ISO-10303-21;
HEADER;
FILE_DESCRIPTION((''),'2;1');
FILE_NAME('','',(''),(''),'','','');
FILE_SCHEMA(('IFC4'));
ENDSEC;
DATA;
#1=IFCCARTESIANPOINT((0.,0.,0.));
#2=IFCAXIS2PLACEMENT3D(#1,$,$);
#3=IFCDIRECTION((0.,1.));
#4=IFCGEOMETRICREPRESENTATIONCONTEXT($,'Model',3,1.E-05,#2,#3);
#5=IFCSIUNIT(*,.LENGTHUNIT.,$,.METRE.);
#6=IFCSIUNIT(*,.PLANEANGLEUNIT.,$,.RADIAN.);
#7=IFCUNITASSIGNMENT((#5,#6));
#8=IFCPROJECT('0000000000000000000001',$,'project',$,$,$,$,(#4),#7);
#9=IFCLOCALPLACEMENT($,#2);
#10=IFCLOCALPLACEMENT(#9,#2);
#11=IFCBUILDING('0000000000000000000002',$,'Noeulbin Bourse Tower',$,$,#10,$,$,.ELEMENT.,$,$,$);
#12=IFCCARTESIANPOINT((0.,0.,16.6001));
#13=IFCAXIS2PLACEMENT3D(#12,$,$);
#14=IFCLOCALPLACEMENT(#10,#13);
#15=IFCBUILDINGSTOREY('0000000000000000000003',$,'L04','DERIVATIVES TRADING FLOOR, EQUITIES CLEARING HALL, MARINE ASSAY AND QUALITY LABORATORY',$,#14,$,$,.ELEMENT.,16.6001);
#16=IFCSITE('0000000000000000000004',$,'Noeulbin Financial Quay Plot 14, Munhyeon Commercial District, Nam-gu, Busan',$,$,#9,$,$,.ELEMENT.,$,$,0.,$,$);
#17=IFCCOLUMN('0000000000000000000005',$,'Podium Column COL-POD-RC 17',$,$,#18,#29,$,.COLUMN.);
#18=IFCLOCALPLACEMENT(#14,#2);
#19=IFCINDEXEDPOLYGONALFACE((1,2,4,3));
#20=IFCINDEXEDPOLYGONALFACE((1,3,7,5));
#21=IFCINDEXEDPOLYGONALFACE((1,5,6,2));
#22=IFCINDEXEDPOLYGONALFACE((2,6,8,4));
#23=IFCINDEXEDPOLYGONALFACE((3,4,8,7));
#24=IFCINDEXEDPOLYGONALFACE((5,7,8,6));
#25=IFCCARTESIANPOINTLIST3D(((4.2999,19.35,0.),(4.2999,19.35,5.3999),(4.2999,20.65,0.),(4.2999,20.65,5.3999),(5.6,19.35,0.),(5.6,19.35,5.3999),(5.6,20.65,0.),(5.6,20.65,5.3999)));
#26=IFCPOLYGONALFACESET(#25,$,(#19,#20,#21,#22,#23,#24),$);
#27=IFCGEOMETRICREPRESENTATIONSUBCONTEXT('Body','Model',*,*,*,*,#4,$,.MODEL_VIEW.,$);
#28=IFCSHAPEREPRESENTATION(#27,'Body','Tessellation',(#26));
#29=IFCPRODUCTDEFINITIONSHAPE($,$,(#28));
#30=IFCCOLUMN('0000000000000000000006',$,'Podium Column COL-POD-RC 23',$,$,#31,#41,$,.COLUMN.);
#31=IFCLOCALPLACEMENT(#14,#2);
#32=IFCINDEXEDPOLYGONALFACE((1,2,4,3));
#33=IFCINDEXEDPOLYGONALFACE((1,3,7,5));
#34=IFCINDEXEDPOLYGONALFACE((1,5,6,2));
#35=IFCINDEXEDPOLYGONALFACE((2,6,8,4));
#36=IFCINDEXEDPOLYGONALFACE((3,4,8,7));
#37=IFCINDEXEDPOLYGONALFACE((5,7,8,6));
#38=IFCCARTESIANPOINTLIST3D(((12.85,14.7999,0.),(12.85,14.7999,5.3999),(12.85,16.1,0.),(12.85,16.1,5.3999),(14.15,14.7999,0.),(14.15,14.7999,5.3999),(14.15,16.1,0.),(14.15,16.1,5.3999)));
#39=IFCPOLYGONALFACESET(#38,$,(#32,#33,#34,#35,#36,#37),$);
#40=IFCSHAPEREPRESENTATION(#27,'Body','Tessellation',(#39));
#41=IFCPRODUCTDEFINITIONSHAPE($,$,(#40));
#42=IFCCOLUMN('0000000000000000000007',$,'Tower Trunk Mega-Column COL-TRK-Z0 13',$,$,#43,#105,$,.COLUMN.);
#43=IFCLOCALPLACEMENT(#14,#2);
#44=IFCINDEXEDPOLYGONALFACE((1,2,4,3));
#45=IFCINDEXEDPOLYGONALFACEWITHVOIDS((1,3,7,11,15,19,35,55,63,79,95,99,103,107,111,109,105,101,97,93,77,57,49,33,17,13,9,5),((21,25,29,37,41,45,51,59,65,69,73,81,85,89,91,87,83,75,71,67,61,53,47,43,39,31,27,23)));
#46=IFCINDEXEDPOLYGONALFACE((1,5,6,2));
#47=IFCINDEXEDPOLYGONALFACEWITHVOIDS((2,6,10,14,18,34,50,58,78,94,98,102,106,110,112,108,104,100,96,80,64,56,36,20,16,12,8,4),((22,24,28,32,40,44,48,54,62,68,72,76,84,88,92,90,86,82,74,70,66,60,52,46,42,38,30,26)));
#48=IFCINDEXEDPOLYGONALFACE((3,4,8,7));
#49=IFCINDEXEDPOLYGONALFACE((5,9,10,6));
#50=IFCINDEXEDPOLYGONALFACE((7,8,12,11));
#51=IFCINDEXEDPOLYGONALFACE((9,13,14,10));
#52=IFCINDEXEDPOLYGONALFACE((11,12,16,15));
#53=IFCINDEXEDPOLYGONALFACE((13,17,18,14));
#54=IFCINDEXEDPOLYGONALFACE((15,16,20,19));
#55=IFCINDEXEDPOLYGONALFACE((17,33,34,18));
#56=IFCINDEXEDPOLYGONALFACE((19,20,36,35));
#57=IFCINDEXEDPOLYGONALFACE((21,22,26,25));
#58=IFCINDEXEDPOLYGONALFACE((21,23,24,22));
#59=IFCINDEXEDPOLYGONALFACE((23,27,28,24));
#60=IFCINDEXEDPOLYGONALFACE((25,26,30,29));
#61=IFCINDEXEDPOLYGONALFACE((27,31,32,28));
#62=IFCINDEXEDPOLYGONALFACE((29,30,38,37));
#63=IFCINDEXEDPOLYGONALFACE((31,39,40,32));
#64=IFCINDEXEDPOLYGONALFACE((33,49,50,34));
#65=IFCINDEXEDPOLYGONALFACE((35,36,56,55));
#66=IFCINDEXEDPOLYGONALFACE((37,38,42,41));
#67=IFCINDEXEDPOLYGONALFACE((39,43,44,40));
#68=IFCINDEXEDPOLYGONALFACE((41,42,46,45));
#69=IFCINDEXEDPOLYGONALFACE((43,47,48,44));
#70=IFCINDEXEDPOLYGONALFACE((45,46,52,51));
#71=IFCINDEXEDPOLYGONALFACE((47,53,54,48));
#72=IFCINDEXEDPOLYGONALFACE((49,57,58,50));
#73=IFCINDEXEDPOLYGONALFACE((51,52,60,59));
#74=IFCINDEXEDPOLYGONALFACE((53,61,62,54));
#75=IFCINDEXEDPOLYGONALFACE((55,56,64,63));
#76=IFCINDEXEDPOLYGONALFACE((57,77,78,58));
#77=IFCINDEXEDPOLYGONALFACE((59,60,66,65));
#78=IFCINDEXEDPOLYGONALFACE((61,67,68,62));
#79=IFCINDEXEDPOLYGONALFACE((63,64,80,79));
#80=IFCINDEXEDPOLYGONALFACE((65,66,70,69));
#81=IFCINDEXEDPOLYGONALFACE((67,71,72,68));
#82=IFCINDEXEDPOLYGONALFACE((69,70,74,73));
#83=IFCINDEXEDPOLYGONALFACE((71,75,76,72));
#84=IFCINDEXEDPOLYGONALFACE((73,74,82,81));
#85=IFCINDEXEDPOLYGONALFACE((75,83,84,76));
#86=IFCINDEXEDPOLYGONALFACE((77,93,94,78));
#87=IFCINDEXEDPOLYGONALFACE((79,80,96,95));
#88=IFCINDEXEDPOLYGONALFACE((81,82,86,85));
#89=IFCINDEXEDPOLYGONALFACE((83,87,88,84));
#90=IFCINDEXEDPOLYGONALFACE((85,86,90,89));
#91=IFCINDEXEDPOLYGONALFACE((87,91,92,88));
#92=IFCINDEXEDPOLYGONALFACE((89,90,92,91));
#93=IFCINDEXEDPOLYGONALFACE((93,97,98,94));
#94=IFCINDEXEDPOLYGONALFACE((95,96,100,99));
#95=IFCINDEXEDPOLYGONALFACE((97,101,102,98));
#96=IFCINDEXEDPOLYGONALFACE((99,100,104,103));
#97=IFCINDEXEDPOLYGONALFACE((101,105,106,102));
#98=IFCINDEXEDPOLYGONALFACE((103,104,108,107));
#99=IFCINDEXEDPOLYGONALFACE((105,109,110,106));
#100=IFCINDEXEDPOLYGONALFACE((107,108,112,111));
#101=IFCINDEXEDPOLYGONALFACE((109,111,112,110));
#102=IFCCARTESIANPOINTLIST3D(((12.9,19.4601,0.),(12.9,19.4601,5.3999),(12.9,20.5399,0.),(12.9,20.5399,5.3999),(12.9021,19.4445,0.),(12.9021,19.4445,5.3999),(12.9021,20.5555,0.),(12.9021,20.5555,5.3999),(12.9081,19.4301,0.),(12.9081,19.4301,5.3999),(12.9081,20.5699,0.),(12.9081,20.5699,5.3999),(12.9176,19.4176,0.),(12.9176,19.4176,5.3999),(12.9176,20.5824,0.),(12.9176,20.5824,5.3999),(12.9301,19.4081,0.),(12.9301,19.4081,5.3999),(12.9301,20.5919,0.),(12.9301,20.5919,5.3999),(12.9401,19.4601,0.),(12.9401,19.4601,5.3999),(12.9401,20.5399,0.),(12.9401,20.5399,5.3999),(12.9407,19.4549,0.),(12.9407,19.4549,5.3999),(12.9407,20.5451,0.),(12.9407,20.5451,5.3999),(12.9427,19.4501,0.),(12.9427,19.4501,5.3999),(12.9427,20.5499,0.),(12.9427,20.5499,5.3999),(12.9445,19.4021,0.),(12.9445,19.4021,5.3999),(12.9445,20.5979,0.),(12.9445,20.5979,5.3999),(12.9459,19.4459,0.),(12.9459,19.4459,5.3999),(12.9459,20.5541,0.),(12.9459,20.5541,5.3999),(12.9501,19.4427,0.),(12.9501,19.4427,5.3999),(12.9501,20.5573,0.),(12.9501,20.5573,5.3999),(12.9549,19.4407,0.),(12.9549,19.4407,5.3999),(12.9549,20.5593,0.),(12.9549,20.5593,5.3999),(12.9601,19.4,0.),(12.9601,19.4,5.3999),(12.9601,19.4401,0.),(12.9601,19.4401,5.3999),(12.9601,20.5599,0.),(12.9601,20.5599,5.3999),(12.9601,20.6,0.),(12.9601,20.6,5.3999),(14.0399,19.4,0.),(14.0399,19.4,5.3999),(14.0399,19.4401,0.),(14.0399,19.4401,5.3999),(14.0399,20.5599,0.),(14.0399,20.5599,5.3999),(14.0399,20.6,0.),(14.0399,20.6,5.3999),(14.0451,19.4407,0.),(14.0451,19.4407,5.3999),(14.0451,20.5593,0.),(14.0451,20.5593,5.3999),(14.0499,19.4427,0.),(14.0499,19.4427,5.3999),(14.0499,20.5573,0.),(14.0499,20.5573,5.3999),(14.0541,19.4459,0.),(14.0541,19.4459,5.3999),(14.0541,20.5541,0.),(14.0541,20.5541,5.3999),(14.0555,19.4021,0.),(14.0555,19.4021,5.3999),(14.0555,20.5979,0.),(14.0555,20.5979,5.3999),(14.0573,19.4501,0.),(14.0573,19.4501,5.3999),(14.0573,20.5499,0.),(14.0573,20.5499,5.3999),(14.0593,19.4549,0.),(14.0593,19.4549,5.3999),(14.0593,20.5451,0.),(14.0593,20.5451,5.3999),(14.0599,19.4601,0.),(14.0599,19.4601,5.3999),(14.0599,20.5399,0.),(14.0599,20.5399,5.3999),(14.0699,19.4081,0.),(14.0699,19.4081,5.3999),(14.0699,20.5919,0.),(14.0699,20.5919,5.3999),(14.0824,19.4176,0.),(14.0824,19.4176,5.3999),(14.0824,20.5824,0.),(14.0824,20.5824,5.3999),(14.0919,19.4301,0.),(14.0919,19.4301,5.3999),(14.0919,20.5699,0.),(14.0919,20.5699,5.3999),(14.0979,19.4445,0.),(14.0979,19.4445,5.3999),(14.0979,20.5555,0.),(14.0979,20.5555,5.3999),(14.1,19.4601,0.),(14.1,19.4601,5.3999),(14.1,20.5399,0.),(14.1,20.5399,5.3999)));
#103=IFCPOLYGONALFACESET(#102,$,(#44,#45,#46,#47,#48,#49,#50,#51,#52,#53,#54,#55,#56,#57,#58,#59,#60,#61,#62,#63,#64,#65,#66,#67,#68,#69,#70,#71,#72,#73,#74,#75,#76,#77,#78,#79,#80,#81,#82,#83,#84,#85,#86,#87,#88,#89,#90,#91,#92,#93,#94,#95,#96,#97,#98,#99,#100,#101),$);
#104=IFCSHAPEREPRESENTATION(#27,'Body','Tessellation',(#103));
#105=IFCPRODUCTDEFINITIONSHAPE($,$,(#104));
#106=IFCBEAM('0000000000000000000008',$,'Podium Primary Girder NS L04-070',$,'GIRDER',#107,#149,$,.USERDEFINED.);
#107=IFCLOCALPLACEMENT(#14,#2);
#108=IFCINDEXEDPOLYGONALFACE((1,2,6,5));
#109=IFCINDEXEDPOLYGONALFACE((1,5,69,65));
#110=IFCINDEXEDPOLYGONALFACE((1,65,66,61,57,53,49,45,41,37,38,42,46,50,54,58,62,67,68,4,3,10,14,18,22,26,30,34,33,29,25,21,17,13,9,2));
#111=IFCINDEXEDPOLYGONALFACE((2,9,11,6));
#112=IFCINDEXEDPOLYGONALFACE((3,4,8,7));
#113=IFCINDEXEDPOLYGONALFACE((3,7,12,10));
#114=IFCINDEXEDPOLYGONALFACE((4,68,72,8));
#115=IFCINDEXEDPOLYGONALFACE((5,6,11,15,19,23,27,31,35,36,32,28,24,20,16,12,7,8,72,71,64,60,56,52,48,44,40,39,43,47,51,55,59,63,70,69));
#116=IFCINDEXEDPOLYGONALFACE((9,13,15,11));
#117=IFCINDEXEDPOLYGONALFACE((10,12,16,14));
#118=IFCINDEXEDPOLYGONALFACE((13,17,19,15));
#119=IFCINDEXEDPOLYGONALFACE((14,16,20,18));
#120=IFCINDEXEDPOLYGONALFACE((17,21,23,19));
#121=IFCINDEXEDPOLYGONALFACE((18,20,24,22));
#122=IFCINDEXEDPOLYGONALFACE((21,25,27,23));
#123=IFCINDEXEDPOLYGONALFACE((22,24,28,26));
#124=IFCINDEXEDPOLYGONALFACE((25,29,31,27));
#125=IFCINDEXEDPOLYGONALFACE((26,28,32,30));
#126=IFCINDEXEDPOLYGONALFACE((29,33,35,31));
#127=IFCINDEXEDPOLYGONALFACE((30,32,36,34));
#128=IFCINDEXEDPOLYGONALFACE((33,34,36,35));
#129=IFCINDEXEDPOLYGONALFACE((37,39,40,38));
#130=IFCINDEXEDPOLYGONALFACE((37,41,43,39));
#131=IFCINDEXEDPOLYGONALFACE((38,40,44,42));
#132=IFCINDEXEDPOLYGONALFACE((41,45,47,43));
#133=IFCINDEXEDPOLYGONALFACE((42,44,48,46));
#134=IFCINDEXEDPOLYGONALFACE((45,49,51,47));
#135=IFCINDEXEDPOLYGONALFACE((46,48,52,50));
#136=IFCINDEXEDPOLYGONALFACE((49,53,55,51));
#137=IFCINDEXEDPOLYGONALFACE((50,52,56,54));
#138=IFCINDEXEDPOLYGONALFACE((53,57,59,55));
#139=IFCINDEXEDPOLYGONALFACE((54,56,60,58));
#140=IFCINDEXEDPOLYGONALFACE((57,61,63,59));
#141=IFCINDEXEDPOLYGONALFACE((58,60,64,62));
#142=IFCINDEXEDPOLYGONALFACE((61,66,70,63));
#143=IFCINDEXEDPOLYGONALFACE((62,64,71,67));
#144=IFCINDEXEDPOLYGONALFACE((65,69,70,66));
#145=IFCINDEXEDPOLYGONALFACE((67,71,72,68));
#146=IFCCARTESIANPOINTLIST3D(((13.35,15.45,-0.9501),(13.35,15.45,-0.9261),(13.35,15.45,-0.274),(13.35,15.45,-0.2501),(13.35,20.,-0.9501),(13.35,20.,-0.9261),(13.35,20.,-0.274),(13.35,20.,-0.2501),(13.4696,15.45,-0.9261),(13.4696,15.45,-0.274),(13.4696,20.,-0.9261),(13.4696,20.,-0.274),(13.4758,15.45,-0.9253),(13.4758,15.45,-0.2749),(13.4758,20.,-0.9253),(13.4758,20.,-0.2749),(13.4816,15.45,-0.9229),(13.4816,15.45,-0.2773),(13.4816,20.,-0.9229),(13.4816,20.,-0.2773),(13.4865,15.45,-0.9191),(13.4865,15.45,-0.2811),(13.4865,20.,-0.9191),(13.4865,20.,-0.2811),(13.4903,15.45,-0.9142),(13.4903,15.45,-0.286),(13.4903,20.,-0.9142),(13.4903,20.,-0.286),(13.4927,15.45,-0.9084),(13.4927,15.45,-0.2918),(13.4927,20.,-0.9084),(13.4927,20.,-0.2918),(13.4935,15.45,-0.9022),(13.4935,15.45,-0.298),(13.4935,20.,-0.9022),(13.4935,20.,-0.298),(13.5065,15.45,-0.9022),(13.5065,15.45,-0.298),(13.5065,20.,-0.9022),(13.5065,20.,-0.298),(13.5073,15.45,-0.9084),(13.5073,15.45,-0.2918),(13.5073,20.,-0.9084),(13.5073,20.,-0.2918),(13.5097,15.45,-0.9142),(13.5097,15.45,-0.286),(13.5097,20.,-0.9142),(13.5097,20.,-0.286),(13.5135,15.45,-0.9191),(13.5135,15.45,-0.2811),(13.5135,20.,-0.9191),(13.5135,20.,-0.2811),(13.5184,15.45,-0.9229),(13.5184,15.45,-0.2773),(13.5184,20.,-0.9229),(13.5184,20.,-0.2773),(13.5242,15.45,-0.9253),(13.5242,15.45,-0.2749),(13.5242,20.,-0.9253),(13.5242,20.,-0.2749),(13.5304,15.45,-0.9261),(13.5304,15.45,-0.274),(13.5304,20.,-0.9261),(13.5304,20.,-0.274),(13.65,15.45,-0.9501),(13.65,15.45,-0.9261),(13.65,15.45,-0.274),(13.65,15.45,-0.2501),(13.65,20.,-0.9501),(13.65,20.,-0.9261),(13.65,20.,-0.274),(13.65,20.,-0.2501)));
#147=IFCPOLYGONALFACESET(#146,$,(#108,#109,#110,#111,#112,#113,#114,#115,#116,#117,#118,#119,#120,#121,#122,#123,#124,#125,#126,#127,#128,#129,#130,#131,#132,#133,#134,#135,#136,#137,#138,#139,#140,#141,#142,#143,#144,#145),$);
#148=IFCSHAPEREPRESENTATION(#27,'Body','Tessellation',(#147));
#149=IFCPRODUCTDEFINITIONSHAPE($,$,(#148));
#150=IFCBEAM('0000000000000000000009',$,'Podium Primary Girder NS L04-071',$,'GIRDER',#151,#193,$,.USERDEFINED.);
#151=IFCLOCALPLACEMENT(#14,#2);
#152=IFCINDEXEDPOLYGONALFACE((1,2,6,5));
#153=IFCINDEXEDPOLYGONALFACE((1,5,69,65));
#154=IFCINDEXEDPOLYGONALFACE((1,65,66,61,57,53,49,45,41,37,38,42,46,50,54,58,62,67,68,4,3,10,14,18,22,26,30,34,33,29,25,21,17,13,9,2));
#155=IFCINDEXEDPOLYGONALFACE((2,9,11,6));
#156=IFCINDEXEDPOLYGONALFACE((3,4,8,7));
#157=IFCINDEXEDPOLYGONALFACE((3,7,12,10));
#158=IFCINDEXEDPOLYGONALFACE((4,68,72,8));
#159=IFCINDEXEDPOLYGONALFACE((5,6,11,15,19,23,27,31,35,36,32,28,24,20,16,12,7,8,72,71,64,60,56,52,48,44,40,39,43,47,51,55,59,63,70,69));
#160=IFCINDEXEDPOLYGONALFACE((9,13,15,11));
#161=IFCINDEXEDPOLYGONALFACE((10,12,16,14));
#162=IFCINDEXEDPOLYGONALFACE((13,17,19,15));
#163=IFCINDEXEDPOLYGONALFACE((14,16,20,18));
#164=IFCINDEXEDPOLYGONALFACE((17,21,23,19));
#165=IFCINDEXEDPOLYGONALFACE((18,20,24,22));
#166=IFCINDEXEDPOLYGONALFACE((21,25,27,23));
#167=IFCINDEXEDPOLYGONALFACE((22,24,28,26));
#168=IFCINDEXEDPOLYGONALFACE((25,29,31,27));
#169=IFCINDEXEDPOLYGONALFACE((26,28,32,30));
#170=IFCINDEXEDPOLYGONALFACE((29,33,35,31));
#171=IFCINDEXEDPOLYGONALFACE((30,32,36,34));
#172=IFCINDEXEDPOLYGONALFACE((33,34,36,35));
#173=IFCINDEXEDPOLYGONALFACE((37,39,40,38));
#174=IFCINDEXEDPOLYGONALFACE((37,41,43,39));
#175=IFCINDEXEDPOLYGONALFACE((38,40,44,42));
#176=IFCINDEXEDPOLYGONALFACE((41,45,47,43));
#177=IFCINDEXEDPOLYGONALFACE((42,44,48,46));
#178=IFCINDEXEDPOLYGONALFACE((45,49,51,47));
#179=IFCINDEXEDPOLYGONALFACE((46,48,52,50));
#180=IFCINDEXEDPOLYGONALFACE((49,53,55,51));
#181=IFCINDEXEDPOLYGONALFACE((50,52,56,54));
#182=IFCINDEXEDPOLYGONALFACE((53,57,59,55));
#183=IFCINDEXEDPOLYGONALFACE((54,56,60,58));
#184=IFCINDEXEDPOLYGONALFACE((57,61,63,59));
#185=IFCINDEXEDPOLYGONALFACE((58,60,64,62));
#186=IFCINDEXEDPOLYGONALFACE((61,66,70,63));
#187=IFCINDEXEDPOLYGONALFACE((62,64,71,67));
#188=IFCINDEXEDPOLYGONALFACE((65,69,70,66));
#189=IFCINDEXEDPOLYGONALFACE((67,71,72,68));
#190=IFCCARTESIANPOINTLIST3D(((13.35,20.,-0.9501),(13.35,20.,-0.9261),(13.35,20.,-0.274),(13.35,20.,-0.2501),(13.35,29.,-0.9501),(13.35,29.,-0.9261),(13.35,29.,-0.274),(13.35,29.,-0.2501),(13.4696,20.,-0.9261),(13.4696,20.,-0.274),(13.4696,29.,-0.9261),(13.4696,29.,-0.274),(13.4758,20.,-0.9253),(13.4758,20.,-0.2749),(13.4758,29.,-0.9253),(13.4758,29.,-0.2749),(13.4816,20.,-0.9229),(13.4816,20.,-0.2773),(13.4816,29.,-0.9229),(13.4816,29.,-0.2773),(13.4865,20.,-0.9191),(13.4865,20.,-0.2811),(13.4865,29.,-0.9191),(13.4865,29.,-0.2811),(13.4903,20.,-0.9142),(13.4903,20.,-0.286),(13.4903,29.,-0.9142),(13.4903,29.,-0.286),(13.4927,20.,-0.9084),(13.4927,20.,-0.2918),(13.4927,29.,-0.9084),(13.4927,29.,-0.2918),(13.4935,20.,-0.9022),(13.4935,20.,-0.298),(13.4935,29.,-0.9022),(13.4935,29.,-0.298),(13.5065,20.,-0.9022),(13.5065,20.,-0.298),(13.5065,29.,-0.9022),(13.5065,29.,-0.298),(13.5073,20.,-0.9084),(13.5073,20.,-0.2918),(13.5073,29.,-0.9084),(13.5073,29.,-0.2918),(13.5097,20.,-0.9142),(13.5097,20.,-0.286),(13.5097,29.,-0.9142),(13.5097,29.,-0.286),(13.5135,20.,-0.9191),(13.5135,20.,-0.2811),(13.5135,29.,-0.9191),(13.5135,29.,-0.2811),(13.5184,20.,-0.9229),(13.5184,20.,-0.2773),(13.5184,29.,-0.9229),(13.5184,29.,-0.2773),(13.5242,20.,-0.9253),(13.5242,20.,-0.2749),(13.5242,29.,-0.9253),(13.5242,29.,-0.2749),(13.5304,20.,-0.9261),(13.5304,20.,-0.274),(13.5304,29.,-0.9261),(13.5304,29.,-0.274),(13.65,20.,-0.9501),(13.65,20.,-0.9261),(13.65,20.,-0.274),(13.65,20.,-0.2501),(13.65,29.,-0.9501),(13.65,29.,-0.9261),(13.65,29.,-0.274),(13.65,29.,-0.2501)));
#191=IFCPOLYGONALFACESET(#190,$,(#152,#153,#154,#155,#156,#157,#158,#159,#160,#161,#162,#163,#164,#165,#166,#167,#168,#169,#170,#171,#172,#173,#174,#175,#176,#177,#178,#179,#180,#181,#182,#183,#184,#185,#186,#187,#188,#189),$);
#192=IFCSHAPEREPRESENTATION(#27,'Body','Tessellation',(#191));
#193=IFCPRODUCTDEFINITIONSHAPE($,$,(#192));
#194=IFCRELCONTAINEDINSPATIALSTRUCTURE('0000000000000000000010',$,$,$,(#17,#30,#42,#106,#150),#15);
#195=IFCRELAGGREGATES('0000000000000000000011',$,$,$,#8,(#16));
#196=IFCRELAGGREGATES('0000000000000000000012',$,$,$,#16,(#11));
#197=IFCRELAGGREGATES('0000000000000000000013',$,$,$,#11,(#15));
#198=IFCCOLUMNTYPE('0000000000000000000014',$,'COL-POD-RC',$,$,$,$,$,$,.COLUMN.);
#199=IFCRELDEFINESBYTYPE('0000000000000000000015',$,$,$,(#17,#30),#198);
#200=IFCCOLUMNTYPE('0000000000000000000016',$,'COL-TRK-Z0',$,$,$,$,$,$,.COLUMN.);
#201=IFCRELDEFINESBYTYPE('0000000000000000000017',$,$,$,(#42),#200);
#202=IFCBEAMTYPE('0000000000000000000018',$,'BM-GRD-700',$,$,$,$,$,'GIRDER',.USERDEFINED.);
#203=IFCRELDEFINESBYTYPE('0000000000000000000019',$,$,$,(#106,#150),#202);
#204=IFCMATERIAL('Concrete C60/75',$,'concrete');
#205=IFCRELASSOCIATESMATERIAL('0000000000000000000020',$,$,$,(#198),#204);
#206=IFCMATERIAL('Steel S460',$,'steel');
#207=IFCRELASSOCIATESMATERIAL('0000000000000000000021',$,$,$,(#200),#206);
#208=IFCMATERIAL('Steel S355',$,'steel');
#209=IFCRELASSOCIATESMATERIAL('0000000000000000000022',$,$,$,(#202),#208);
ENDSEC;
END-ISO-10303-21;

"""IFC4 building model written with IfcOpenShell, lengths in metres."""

from ifc_helpers import new_model, si_unit, direction, frame, origin, origin_2d, place, context, subcontext, project, spatial, rectangle, hollow_rectangle, i_section, extrude, material, material_profile, profile_set, type_object, element, save


model = new_model("IFC4")

# Units and contexts
model_context = context("Model", 3, precision=1e-05, world=origin(), true_north=direction((0.0, 1.0)))
body_context = subcontext(model_context, "Body", "Model", "MODEL_VIEW")
ifc_project = project(units=[si_unit("LENGTHUNIT", "METRE"), si_unit("PLANEANGLEUNIT", "RADIAN")], contexts=[model_context])

# Site, building, storey
site_placement = place(None, origin())
site = spatial("IfcSite", under=ifc_project, at=site_placement, Name="Noeulbin Financial Quay Plot 14, Munhyeon Commercial District, Nam-gu, Busan", CompositionType="ELEMENT", RefElevation=0.0)
building_placement = place(site_placement, origin())
building = spatial("IfcBuilding", under=site, at=building_placement, Name="Noeulbin Bourse Tower", CompositionType="ELEMENT")
storey_placement = place(building_placement, frame((0.0, 0.0, 16.6001)))
storey = spatial("IfcBuildingStorey", under=building, at=storey_placement, Name="L04", Description="DERIVATIVES TRADING FLOOR, EQUITIES CLEARING HALL, MARINE ASSAY AND QUALITY LABORATORY", CompositionType="ELEMENT", Elevation=16.6001)

# Columns
ifc_material_1 = material(Name="Concrete C60/75", Category="concrete")
ifc_material_profile_1 = material_profile(ifc_material_1, rectangle(XDim=1.3, YDim=1.3, at=origin_2d()), Name="RC-COL-1300x1300", Category="LoadBearing")
ifc_profile_set_1 = profile_set([ifc_material_profile_1], Name="Concrete C60/75")
column_type_1 = type_object("IfcColumnType", Name="COL-POD-RC", PredefinedType="COLUMN", material=ifc_profile_set_1)
for number, where, z_axis, x_axis, name in (
    (1, (4.95, 20.0, 0.0), (0.0, 0.0, 1.0), (1.0, 0.0, 0.0), "Podium Column COL-POD-RC 17"),
    (2, (13.5, 15.45, 0.0), (0.0, 0.0, 1.0), (1.0, 0.0, 0.0), "Podium Column COL-POD-RC 23"),
):
    element("IfcColumn", number, at=place(storey_placement, frame(where, z_axis=z_axis, x_axis=x_axis)), inside=storey, type_object=column_type_1, Name=name, PredefinedType="COLUMN", context=body_context, shape_type="SweptSolid", body=[
        extrude(rectangle(XDim=1.3, YDim=1.3, at=origin_2d()), origin(), (0.0, 0.0, 1.0), 5.3999),
    ])
ifc_material_2 = material(Name="Steel S460", Category="steel")
ifc_material_profile_2 = material_profile(ifc_material_2, hollow_rectangle(XDim=1.2, YDim=1.2, WallThickness=0.04, InnerFilletRadius=0.02, OuterFilletRadius=0.0601, at=origin_2d()), Name="BOX-1200x1200x40", Category="LoadBearing")
ifc_profile_set_2 = profile_set([ifc_material_profile_2], Name="Steel S460")
column_type_2 = type_object("IfcColumnType", Name="COL-TRK-Z0", PredefinedType="COLUMN", material=ifc_profile_set_2)
column_placement = place(storey_placement, frame((13.5, 20.0, 0.0), z_axis=(0.0, 0.0, 1.0), x_axis=(1.0, 0.0, 0.0)))
element("IfcColumn", 3, at=column_placement, inside=storey, type_object=column_type_2, Name="Tower Trunk Mega-Column COL-TRK-Z0 13", PredefinedType="COLUMN", context=body_context, shape_type="SweptSolid", body=[
    extrude(hollow_rectangle(XDim=1.2, YDim=1.2, WallThickness=0.04, InnerFilletRadius=0.02, OuterFilletRadius=0.0601, at=origin_2d()), origin(), (0.0, 0.0, 1.0), 5.3999),
])

# Beams
ifc_material_3 = material(Name="Steel S355", Category="steel")
ifc_material_profile_3 = material_profile(ifc_material_3, i_section(OverallWidth=0.3, OverallDepth=0.7, WebThickness=0.0129, FlangeThickness=0.0239, FilletRadius=0.0239, at=origin_2d()), Name="H-700x300x13x24", Category="LoadBearing")
ifc_profile_set_3 = profile_set([ifc_material_profile_3], Name="Steel S355")
beam_type_1 = type_object("IfcBeamType", Name="BM-GRD-700", ElementType="GIRDER", PredefinedType="USERDEFINED", material=ifc_profile_set_3)
beam_1_placement = place(storey_placement, frame((13.5, 15.45, -0.6001), z_axis=(0.0, 1.0, 0.0), x_axis=(-1.0, 0.0, 0.0)))
element("IfcBeam", 4, at=beam_1_placement, inside=storey, type_object=beam_type_1, Name="Podium Primary Girder NS L04-070", ObjectType="GIRDER", PredefinedType="USERDEFINED", context=body_context, shape_type="SweptSolid", body=[
    extrude(i_section(OverallWidth=0.3, OverallDepth=0.7, WebThickness=0.0129, FlangeThickness=0.0239, FilletRadius=0.0239, at=origin_2d()), origin(), (0.0, 0.0, 1.0), 4.55),
])
beam_2_placement = place(storey_placement, frame((13.5, 20.0, -0.6001), z_axis=(0.0, 1.0, 0.0), x_axis=(-1.0, 0.0, 0.0)))
element("IfcBeam", 5, at=beam_2_placement, inside=storey, type_object=beam_type_1, Name="Podium Primary Girder NS L04-071", ObjectType="GIRDER", PredefinedType="USERDEFINED", context=body_context, shape_type="SweptSolid", body=[
    extrude(i_section(OverallWidth=0.3, OverallDepth=0.7, WebThickness=0.0129, FlangeThickness=0.0239, FilletRadius=0.0239, at=origin_2d()), origin(), (0.0, 0.0, 1.0), 9.0),
])

save(model, "model.ifc")
